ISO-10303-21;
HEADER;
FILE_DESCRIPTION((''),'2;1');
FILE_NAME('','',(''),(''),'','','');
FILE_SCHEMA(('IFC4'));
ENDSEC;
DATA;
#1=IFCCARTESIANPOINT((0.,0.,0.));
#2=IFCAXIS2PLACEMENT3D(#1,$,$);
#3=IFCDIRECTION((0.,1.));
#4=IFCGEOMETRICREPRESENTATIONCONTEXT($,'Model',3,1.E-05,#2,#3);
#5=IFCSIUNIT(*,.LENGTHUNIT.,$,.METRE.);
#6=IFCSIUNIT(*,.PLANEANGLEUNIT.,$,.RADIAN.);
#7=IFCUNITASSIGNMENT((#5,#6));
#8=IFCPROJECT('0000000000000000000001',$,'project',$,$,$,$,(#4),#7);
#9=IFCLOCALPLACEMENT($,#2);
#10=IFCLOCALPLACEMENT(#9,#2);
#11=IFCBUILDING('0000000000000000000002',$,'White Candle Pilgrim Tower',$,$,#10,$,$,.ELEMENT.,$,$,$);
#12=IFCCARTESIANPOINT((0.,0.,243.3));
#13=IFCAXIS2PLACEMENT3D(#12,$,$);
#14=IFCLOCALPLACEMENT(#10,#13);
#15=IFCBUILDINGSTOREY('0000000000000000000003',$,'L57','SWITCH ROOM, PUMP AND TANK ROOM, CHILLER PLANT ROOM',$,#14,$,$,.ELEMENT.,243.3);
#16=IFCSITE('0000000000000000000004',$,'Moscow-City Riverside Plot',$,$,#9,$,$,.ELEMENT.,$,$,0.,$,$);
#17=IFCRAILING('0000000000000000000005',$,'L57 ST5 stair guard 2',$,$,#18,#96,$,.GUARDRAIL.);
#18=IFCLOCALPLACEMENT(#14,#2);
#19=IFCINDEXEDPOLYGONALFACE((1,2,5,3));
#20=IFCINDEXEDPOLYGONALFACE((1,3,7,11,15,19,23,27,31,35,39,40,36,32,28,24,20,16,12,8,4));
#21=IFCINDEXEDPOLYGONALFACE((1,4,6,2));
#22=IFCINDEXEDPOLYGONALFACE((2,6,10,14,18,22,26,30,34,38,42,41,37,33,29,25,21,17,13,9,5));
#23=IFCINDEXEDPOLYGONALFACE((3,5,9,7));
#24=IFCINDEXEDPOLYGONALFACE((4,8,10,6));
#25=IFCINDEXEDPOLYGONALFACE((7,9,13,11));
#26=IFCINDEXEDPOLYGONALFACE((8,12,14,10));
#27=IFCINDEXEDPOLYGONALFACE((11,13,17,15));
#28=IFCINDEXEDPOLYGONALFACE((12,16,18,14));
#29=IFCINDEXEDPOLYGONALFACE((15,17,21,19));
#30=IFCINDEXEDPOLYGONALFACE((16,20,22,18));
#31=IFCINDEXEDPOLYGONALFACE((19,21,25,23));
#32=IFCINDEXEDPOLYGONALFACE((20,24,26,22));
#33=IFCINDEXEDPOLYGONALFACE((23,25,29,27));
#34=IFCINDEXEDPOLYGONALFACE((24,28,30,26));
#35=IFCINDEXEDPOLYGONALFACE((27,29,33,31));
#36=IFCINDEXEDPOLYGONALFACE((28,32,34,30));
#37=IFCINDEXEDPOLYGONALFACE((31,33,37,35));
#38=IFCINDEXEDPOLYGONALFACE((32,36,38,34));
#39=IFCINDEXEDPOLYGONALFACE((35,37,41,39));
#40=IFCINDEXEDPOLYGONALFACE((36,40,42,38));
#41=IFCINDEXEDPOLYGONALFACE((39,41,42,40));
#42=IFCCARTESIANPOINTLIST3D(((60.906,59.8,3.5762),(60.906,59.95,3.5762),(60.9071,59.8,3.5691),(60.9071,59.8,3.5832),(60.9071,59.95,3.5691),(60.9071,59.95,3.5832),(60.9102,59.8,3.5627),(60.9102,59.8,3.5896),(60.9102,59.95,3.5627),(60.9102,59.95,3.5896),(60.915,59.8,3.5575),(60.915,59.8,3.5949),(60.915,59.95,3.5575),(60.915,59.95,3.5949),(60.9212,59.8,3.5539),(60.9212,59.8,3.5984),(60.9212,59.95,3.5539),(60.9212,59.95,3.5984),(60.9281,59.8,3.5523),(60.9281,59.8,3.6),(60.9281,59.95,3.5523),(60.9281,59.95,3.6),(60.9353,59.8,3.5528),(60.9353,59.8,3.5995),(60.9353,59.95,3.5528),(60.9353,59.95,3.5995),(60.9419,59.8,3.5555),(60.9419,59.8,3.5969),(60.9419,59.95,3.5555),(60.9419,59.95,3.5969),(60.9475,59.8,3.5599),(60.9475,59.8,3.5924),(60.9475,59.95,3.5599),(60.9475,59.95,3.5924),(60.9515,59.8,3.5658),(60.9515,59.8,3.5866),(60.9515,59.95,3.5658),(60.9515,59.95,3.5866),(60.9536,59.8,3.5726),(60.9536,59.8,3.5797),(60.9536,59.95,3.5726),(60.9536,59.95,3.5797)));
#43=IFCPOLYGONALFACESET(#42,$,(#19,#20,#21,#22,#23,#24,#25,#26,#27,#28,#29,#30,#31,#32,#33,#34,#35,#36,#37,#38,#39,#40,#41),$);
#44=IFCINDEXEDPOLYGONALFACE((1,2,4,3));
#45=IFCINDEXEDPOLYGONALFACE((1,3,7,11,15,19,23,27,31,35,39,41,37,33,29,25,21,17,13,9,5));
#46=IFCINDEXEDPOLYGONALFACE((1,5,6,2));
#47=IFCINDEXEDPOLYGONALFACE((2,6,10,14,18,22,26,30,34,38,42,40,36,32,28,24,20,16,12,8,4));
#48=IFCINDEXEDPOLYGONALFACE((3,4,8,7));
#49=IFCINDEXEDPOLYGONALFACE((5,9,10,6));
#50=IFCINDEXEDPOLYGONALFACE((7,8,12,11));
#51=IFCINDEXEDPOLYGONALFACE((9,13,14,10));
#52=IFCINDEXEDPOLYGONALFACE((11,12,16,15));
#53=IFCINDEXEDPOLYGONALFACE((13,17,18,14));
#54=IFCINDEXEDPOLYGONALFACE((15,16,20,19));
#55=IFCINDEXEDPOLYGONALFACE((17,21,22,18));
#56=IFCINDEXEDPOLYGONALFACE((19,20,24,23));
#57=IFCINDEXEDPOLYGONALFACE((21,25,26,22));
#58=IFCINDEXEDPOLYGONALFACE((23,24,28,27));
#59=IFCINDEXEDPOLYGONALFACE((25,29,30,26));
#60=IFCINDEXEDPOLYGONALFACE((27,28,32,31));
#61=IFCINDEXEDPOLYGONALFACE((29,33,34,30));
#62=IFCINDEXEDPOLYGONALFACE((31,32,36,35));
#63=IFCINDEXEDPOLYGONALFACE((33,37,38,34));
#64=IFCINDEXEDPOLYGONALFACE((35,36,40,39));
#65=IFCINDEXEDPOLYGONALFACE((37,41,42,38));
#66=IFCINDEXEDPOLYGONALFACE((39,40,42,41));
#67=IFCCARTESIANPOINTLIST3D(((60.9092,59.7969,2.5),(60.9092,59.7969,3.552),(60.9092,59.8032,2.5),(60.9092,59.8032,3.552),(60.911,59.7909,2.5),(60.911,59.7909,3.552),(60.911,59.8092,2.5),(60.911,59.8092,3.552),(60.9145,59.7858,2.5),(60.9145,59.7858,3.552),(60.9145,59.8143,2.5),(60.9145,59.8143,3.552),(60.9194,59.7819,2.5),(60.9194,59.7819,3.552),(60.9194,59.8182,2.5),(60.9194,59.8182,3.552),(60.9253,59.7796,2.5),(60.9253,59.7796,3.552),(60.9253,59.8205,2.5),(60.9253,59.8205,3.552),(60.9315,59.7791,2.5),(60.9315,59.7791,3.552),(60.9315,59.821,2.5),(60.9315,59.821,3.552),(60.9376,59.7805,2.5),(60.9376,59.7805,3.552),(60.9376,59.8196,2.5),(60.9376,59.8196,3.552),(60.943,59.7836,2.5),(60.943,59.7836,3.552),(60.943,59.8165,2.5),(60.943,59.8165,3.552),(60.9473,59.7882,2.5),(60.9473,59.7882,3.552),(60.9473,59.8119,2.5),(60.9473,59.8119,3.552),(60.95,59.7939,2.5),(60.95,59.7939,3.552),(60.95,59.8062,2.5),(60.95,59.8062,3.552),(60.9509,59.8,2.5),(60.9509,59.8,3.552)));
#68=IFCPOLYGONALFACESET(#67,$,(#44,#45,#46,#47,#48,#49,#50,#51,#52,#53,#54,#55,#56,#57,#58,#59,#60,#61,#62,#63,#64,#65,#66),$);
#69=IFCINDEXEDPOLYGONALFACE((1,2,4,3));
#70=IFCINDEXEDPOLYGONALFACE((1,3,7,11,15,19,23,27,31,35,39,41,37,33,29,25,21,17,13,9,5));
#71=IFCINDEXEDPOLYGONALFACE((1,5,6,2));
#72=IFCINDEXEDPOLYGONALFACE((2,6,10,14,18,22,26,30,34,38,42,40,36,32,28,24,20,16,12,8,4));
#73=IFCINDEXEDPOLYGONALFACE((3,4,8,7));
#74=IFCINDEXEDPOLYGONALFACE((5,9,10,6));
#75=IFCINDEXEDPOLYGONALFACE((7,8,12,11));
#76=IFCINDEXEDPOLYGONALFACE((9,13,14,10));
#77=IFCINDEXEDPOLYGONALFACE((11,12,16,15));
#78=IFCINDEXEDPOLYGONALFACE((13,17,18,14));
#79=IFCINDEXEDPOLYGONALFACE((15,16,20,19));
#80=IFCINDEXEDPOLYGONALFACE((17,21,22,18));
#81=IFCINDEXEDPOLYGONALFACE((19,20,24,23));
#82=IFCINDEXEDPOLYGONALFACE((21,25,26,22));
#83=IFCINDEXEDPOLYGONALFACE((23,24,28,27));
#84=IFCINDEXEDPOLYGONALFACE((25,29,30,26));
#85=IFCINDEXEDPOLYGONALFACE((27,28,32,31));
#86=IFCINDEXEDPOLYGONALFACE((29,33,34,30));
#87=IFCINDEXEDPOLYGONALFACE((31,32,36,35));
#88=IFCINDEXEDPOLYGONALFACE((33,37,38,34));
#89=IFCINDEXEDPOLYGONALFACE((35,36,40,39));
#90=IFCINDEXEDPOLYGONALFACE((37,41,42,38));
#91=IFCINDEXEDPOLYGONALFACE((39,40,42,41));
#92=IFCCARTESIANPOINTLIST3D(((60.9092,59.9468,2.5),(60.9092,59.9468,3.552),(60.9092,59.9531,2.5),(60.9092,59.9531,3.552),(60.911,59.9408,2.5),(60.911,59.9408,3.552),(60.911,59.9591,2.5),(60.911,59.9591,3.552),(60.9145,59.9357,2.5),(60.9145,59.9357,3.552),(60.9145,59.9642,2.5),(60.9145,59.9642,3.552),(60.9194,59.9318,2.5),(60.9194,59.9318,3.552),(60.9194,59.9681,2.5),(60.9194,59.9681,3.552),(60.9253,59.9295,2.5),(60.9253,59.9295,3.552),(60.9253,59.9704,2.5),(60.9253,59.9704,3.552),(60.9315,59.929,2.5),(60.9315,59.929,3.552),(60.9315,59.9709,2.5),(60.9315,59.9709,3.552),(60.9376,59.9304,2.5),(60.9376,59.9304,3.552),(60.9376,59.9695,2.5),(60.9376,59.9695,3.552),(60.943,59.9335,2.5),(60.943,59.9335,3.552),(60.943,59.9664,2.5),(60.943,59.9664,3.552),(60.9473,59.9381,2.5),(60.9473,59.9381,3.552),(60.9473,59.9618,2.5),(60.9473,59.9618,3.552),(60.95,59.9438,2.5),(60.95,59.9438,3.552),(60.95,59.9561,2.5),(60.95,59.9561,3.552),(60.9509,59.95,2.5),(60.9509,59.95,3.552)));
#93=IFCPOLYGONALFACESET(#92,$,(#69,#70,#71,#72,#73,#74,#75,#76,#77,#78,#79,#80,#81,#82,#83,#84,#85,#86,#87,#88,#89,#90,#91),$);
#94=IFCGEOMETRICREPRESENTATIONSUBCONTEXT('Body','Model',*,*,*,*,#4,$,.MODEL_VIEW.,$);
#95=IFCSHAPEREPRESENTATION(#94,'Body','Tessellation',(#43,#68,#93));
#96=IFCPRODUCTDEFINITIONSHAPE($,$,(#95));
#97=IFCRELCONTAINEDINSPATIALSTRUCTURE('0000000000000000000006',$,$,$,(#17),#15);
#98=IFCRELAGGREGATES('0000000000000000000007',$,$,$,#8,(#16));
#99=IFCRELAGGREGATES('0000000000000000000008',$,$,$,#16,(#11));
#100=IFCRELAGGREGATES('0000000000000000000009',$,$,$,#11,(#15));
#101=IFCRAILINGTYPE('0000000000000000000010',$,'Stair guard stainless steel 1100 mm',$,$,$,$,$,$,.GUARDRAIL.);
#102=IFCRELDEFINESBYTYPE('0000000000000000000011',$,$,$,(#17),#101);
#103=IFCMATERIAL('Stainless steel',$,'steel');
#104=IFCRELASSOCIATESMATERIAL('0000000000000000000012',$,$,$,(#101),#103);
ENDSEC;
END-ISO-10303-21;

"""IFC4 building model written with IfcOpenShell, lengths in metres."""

from ifc_helpers import new_model, si_unit, direction, frame, origin, origin_2d, place, context, subcontext, project, spatial, circle, extrude, material, type_object, element, save


model = new_model("IFC4")

# Units and contexts
model_context = context("Model", 3, precision=1e-05, world=origin(), true_north=direction((0.0, 1.0)))
body_context = subcontext(model_context, "Body", "Model", "MODEL_VIEW")
ifc_project = project(units=[si_unit("LENGTHUNIT", "METRE"), si_unit("PLANEANGLEUNIT", "RADIAN")], contexts=[model_context])

# Site, building, storey
site_placement = place(None, origin())
site = spatial("IfcSite", under=ifc_project, at=site_placement, Name="Moscow-City Riverside Plot", CompositionType="ELEMENT", RefElevation=0.0)
building_placement = place(site_placement, origin())
building = spatial("IfcBuilding", under=site, at=building_placement, Name="White Candle Pilgrim Tower", CompositionType="ELEMENT")
storey_placement = place(building_placement, frame((0.0, 0.0, 243.3)))
storey = spatial("IfcBuildingStorey", under=building, at=storey_placement, Name="L57", Description="SWITCH ROOM, PUMP AND TANK ROOM, CHILLER PLANT ROOM", CompositionType="ELEMENT", Elevation=243.3)

# Railing
ifc_material_1 = material(Name="Stainless steel", Category="steel")
railing_type_1 = type_object("IfcRailingType", Name="Stair guard stainless steel 1100 mm", PredefinedType="GUARDRAIL", material=ifc_material_1)
railing_1_placement = place(storey_placement, frame((60.9299, 59.8, 2.5)))
element("IfcRailing", 1, at=railing_1_placement, inside=storey, type_object=railing_type_1, Name="L57 ST5 stair guard 2", PredefinedType="GUARDRAIL", context=body_context, shape_type="SweptSolid", body=[
    extrude(circle(Radius=0.0239, at=origin_2d()), frame((0.0, 0.0, 1.0762), z_axis=(0.0, 1.0, 0.0), x_axis=(-1.0, 0.0, 0.0)), (0.0, 0.0, 1.0), 0.1499),
    extrude(circle(Radius=0.021, at=origin_2d()), origin(), (0.0, 0.0, 1.0), 1.052),
    extrude(circle(Radius=0.021, at=origin_2d()), frame((0.0, 0.1499, 0.0)), (0.0, 0.0, 1.0), 1.052),
])

save(model, "model.ifc")
